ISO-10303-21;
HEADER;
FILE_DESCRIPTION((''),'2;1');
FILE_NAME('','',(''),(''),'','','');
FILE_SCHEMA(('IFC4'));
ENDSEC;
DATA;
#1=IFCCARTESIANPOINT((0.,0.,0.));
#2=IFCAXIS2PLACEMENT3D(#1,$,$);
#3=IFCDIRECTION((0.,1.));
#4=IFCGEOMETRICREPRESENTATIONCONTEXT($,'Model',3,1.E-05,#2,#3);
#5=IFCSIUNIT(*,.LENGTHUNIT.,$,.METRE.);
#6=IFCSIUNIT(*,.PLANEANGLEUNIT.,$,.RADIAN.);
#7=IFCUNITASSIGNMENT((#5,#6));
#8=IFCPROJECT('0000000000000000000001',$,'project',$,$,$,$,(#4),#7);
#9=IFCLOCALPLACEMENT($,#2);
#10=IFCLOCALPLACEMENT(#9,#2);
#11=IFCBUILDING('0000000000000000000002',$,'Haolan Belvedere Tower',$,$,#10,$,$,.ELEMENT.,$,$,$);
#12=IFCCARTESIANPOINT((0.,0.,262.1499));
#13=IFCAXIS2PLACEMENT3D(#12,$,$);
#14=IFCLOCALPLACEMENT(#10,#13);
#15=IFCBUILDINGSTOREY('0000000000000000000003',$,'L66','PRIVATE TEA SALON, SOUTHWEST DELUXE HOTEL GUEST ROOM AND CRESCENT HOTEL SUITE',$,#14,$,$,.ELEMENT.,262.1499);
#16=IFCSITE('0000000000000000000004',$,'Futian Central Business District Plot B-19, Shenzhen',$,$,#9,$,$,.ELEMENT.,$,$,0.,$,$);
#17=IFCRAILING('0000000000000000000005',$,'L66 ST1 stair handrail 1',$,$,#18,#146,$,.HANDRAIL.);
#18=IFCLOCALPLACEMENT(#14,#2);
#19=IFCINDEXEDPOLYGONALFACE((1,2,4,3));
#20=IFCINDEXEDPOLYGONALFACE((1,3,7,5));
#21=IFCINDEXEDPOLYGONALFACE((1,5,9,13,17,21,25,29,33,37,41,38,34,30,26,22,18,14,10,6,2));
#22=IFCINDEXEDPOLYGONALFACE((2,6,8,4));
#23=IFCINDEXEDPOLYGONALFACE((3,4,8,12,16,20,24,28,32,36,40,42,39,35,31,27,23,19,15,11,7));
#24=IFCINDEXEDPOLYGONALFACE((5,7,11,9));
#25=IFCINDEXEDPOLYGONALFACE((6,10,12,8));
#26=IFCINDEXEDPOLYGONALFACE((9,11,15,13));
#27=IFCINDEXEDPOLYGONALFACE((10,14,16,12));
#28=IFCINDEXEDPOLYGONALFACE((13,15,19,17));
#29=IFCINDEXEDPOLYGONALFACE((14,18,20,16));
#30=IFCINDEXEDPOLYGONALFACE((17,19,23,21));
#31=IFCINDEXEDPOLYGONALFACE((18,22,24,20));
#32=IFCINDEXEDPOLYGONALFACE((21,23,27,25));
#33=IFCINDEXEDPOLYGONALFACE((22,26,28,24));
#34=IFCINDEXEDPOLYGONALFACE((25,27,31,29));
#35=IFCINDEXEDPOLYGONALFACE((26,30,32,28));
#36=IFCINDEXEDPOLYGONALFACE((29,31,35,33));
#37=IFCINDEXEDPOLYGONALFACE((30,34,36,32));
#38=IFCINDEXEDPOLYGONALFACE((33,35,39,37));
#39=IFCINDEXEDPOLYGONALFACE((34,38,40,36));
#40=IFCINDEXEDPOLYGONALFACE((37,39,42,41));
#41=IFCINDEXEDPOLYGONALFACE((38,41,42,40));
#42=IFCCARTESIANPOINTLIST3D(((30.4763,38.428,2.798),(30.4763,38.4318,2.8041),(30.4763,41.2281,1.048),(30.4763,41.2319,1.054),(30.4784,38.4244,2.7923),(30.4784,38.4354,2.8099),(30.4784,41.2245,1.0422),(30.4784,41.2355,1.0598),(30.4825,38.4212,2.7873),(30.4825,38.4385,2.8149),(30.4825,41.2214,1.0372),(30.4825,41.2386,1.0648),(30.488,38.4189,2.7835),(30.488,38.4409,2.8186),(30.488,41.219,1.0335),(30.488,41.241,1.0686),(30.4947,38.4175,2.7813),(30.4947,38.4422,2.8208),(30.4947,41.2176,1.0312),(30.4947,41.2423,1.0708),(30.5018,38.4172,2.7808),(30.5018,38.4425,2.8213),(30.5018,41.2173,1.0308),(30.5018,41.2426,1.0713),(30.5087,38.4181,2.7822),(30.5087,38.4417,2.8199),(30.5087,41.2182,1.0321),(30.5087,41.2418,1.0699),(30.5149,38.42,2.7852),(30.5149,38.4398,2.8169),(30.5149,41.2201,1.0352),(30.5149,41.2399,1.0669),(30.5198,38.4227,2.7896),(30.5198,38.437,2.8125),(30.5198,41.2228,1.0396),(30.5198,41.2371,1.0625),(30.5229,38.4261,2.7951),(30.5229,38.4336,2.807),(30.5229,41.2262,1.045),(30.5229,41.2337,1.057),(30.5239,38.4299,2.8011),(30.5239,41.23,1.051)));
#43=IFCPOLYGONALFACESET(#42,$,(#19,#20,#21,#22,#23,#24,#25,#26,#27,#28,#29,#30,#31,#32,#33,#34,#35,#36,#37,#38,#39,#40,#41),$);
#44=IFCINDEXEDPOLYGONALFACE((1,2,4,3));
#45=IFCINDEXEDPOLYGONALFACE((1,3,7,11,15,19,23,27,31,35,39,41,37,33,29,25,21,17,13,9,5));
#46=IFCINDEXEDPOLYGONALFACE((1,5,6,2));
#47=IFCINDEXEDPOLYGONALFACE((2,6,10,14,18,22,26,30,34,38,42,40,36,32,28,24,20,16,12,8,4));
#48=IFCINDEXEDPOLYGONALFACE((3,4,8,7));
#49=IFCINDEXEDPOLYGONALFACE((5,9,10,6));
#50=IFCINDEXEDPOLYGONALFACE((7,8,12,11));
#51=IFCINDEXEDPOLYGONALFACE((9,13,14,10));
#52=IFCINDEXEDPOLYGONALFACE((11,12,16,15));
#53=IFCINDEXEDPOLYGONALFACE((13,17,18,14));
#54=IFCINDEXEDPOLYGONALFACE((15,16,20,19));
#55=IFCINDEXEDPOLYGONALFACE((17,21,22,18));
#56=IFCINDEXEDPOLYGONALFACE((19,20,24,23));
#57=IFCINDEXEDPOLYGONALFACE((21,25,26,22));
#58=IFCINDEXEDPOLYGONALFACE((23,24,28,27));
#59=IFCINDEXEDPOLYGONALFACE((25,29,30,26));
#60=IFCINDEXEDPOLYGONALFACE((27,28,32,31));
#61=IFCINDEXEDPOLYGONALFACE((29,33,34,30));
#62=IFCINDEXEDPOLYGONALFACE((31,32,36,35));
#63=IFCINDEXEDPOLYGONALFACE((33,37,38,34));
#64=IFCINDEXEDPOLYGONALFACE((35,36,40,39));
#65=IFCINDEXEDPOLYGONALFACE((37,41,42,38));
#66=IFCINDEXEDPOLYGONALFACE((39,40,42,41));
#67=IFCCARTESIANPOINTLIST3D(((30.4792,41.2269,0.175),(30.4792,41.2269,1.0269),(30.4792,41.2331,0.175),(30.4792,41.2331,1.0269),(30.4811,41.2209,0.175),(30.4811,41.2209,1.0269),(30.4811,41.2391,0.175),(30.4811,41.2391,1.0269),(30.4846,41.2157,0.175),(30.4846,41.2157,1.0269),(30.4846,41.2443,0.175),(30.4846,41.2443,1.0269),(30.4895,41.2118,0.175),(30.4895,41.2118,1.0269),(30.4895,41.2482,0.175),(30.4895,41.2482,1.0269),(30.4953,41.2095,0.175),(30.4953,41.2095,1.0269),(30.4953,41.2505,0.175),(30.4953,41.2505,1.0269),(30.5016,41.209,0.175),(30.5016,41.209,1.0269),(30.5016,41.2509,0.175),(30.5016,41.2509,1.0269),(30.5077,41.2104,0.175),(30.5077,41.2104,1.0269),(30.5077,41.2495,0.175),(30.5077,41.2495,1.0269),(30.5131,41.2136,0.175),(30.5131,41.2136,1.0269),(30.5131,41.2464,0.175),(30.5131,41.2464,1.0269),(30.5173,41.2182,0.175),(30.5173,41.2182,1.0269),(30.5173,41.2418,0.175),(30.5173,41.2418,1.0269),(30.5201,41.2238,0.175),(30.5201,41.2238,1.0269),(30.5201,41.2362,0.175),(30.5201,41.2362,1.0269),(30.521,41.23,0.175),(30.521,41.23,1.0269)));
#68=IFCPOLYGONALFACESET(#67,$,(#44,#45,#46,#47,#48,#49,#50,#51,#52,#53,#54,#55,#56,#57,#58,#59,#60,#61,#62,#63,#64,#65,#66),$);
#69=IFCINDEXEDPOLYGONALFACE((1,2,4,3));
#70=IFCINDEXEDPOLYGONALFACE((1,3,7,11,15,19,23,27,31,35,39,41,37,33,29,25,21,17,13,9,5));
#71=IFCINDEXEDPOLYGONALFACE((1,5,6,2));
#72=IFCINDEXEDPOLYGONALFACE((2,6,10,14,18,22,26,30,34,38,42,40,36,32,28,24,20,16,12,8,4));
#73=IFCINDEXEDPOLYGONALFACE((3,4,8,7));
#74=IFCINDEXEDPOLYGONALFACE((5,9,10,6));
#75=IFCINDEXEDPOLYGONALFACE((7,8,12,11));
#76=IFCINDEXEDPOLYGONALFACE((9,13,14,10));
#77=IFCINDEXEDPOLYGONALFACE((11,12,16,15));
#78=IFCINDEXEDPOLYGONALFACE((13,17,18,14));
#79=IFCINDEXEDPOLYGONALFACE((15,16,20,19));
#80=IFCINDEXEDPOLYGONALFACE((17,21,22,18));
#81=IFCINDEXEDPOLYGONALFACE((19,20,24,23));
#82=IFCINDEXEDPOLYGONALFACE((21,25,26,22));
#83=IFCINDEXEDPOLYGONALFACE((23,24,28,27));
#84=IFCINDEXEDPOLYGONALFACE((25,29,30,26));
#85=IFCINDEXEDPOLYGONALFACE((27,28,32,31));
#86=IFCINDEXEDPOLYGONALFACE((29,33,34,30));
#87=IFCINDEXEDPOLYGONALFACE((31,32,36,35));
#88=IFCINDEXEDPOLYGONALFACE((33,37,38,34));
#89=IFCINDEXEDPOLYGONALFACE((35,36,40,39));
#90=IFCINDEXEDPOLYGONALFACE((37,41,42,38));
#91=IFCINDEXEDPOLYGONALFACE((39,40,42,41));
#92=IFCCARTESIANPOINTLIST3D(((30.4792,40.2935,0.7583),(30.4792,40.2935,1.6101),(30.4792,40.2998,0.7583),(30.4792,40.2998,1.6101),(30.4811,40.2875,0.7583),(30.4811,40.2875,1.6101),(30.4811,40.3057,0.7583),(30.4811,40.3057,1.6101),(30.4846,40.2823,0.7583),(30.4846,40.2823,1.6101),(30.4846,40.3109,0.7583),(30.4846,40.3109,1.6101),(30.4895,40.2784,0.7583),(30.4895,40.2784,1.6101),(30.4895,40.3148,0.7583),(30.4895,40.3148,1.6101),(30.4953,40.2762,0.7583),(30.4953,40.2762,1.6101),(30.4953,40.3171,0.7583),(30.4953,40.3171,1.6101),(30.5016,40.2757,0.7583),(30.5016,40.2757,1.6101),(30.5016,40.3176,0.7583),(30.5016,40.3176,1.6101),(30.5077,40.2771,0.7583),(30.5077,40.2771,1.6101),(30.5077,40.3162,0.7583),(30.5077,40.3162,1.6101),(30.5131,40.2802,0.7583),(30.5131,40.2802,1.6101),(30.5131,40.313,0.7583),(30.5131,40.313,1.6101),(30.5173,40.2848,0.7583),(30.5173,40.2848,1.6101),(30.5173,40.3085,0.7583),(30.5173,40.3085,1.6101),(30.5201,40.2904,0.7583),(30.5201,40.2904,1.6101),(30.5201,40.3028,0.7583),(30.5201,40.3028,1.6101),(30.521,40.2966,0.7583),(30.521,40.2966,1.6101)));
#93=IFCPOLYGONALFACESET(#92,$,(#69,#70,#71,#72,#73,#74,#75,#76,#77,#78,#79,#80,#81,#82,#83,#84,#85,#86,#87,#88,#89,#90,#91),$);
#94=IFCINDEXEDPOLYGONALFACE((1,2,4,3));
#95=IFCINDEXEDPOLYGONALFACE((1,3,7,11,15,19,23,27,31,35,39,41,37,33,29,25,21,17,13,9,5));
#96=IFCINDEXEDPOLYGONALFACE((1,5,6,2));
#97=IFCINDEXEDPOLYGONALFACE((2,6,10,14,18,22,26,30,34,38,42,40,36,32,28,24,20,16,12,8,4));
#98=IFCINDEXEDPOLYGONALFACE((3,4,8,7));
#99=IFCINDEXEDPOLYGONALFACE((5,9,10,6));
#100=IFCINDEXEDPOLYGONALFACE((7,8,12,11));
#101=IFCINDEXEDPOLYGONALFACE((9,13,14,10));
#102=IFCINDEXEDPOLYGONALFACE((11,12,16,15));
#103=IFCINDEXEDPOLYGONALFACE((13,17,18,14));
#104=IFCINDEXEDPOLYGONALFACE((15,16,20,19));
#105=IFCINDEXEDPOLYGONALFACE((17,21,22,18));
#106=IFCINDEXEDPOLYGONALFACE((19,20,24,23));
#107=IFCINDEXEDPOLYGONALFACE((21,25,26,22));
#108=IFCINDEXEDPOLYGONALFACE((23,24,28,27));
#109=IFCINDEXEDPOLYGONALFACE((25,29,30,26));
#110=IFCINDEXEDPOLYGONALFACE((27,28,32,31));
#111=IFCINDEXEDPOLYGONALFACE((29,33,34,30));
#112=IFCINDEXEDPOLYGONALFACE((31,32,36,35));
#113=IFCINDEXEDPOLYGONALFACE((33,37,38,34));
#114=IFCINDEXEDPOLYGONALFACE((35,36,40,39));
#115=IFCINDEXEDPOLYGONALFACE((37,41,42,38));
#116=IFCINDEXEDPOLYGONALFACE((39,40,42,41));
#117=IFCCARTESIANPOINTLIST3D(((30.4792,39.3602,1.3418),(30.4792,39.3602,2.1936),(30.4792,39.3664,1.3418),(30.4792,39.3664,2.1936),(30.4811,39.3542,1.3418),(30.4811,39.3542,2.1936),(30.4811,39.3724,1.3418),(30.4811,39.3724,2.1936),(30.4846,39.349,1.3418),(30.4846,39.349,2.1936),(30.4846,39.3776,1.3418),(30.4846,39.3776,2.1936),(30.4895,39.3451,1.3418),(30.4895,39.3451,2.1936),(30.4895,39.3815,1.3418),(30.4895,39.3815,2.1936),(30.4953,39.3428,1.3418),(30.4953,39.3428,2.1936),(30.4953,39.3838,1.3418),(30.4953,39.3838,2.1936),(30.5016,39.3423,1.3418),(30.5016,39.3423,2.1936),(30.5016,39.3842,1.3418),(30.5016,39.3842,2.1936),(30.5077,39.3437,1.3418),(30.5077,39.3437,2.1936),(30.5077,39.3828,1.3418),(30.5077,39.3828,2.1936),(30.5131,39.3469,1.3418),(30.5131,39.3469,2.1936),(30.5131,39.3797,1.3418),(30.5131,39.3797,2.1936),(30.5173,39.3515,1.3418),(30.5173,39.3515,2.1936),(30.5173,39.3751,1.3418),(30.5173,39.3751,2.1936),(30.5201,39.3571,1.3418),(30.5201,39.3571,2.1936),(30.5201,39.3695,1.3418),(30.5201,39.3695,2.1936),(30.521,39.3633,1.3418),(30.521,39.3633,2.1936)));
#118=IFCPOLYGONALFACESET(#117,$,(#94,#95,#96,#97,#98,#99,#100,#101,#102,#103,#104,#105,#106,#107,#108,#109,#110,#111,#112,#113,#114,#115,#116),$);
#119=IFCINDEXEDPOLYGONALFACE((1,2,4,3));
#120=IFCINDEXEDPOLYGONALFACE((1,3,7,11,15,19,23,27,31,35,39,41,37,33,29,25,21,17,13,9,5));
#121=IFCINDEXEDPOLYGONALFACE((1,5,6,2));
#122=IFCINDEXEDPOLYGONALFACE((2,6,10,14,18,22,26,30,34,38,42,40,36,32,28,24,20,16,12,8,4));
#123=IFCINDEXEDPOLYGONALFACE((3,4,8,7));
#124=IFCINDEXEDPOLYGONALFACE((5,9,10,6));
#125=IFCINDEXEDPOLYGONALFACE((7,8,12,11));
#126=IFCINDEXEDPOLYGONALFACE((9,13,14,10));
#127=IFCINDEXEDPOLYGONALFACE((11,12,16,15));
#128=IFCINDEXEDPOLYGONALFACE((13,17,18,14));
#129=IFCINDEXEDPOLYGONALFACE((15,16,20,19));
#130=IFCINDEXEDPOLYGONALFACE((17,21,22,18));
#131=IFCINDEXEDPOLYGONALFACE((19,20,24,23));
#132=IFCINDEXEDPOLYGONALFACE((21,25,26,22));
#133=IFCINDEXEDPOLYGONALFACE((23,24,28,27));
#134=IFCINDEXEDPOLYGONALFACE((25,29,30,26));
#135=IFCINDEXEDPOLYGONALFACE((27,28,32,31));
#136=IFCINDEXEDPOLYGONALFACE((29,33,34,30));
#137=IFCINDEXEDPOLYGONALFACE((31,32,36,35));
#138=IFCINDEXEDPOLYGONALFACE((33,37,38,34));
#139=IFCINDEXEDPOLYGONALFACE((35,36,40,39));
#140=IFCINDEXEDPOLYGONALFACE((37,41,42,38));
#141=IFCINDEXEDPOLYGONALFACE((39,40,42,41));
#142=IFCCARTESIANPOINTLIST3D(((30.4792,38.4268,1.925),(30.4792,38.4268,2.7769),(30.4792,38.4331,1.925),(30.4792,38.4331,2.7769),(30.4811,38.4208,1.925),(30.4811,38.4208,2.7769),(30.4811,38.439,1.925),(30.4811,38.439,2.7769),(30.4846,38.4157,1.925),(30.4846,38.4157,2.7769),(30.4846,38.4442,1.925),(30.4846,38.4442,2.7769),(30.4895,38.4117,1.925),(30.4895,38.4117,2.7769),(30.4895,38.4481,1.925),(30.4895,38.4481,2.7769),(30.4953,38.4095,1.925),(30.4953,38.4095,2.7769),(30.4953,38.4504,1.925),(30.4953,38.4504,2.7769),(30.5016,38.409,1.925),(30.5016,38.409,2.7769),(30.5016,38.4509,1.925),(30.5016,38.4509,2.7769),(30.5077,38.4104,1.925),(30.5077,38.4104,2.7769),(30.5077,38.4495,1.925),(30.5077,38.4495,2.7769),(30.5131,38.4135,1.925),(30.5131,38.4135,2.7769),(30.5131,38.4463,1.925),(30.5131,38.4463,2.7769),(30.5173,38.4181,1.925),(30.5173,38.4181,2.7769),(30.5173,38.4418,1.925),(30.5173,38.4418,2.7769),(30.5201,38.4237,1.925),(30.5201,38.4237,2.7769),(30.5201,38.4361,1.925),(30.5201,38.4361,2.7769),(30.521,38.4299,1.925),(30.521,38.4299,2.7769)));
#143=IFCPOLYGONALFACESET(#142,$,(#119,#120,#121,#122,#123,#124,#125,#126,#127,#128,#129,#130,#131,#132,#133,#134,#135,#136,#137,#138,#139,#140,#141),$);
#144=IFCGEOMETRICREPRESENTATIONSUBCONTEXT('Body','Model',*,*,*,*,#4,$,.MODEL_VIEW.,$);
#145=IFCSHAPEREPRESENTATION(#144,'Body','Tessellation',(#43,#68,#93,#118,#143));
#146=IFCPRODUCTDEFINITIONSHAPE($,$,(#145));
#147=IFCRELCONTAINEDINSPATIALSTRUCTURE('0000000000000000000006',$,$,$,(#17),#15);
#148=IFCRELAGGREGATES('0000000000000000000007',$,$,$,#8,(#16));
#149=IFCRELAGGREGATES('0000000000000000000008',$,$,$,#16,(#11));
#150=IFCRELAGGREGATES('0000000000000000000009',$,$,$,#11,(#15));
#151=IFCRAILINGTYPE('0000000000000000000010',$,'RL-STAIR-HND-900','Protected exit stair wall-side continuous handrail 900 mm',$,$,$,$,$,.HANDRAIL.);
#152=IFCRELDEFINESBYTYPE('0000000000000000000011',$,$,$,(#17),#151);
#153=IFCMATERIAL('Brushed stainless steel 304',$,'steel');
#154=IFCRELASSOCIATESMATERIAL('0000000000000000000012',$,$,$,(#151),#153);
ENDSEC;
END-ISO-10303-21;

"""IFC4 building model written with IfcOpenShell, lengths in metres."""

from ifc_helpers import new_model, si_unit, direction, frame, origin, origin_2d, place, context, subcontext, project, spatial, circle, extrude, material, type_object, element, save


model = new_model("IFC4")

# Units and contexts
model_context = context("Model", 3, precision=1e-05, world=origin(), true_north=direction((0.0, 1.0)))
body_context = subcontext(model_context, "Body", "Model", "MODEL_VIEW")
ifc_project = project(units=[si_unit("LENGTHUNIT", "METRE"), si_unit("PLANEANGLEUNIT", "RADIAN")], contexts=[model_context])

# Site, building, storey
site_placement = place(None, origin())
site = spatial("IfcSite", under=ifc_project, at=site_placement, Name="Futian Central Business District Plot B-19, Shenzhen", CompositionType="ELEMENT", RefElevation=0.0)
building_placement = place(site_placement, origin())
building = spatial("IfcBuilding", under=site, at=building_placement, Name="Haolan Belvedere Tower", CompositionType="ELEMENT")
storey_placement = place(building_placement, frame((0.0, 0.0, 262.1499)))
storey = spatial("IfcBuildingStorey", under=building, at=storey_placement, Name="L66", Description="PRIVATE TEA SALON, SOUTHWEST DELUXE HOTEL GUEST ROOM AND CRESCENT HOTEL SUITE", CompositionType="ELEMENT", Elevation=262.1499)

# Railing
ifc_material_1 = material(Name="Brushed stainless steel 304", Category="steel")
railing_type_1 = type_object("IfcRailingType", Name="RL-STAIR-HND-900", Description="Protected exit stair wall-side continuous handrail 900 mm", PredefinedType="HANDRAIL", material=ifc_material_1)
railing_1_placement = place(storey_placement, frame((30.5, 41.23, 0.175)))
element("IfcRailing", 1, at=railing_1_placement, inside=storey, type_object=railing_type_1, Name="L66 ST1 stair handrail 1", PredefinedType="HANDRAIL", context=body_context, shape_type="SweptSolid", body=[
    extrude(circle(Radius=0.0239, at=origin_2d()), frame((0.0, 0.0, 0.876), z_axis=(0.0, -0.848002, 0.529992), x_axis=(1.0, 0.0, 0.0)), (0.0, 0.0, 1.0), 3.302),
    extrude(circle(Radius=0.021, at=origin_2d()), origin(), (0.0, 0.0, 1.0), 0.8518),
    extrude(circle(Radius=0.021, at=origin_2d()), frame((0.0, -0.9333, 0.5833)), (0.0, 0.0, 1.0), 0.8518),
    extrude(circle(Radius=0.021, at=origin_2d()), frame((0.0, -1.8667, 1.1667)), (0.0, 0.0, 1.0), 0.8518),
    extrude(circle(Radius=0.021, at=origin_2d()), frame((0.0, -2.8, 1.75)), (0.0, 0.0, 1.0), 0.8518),
])

save(model, "model.ifc")
